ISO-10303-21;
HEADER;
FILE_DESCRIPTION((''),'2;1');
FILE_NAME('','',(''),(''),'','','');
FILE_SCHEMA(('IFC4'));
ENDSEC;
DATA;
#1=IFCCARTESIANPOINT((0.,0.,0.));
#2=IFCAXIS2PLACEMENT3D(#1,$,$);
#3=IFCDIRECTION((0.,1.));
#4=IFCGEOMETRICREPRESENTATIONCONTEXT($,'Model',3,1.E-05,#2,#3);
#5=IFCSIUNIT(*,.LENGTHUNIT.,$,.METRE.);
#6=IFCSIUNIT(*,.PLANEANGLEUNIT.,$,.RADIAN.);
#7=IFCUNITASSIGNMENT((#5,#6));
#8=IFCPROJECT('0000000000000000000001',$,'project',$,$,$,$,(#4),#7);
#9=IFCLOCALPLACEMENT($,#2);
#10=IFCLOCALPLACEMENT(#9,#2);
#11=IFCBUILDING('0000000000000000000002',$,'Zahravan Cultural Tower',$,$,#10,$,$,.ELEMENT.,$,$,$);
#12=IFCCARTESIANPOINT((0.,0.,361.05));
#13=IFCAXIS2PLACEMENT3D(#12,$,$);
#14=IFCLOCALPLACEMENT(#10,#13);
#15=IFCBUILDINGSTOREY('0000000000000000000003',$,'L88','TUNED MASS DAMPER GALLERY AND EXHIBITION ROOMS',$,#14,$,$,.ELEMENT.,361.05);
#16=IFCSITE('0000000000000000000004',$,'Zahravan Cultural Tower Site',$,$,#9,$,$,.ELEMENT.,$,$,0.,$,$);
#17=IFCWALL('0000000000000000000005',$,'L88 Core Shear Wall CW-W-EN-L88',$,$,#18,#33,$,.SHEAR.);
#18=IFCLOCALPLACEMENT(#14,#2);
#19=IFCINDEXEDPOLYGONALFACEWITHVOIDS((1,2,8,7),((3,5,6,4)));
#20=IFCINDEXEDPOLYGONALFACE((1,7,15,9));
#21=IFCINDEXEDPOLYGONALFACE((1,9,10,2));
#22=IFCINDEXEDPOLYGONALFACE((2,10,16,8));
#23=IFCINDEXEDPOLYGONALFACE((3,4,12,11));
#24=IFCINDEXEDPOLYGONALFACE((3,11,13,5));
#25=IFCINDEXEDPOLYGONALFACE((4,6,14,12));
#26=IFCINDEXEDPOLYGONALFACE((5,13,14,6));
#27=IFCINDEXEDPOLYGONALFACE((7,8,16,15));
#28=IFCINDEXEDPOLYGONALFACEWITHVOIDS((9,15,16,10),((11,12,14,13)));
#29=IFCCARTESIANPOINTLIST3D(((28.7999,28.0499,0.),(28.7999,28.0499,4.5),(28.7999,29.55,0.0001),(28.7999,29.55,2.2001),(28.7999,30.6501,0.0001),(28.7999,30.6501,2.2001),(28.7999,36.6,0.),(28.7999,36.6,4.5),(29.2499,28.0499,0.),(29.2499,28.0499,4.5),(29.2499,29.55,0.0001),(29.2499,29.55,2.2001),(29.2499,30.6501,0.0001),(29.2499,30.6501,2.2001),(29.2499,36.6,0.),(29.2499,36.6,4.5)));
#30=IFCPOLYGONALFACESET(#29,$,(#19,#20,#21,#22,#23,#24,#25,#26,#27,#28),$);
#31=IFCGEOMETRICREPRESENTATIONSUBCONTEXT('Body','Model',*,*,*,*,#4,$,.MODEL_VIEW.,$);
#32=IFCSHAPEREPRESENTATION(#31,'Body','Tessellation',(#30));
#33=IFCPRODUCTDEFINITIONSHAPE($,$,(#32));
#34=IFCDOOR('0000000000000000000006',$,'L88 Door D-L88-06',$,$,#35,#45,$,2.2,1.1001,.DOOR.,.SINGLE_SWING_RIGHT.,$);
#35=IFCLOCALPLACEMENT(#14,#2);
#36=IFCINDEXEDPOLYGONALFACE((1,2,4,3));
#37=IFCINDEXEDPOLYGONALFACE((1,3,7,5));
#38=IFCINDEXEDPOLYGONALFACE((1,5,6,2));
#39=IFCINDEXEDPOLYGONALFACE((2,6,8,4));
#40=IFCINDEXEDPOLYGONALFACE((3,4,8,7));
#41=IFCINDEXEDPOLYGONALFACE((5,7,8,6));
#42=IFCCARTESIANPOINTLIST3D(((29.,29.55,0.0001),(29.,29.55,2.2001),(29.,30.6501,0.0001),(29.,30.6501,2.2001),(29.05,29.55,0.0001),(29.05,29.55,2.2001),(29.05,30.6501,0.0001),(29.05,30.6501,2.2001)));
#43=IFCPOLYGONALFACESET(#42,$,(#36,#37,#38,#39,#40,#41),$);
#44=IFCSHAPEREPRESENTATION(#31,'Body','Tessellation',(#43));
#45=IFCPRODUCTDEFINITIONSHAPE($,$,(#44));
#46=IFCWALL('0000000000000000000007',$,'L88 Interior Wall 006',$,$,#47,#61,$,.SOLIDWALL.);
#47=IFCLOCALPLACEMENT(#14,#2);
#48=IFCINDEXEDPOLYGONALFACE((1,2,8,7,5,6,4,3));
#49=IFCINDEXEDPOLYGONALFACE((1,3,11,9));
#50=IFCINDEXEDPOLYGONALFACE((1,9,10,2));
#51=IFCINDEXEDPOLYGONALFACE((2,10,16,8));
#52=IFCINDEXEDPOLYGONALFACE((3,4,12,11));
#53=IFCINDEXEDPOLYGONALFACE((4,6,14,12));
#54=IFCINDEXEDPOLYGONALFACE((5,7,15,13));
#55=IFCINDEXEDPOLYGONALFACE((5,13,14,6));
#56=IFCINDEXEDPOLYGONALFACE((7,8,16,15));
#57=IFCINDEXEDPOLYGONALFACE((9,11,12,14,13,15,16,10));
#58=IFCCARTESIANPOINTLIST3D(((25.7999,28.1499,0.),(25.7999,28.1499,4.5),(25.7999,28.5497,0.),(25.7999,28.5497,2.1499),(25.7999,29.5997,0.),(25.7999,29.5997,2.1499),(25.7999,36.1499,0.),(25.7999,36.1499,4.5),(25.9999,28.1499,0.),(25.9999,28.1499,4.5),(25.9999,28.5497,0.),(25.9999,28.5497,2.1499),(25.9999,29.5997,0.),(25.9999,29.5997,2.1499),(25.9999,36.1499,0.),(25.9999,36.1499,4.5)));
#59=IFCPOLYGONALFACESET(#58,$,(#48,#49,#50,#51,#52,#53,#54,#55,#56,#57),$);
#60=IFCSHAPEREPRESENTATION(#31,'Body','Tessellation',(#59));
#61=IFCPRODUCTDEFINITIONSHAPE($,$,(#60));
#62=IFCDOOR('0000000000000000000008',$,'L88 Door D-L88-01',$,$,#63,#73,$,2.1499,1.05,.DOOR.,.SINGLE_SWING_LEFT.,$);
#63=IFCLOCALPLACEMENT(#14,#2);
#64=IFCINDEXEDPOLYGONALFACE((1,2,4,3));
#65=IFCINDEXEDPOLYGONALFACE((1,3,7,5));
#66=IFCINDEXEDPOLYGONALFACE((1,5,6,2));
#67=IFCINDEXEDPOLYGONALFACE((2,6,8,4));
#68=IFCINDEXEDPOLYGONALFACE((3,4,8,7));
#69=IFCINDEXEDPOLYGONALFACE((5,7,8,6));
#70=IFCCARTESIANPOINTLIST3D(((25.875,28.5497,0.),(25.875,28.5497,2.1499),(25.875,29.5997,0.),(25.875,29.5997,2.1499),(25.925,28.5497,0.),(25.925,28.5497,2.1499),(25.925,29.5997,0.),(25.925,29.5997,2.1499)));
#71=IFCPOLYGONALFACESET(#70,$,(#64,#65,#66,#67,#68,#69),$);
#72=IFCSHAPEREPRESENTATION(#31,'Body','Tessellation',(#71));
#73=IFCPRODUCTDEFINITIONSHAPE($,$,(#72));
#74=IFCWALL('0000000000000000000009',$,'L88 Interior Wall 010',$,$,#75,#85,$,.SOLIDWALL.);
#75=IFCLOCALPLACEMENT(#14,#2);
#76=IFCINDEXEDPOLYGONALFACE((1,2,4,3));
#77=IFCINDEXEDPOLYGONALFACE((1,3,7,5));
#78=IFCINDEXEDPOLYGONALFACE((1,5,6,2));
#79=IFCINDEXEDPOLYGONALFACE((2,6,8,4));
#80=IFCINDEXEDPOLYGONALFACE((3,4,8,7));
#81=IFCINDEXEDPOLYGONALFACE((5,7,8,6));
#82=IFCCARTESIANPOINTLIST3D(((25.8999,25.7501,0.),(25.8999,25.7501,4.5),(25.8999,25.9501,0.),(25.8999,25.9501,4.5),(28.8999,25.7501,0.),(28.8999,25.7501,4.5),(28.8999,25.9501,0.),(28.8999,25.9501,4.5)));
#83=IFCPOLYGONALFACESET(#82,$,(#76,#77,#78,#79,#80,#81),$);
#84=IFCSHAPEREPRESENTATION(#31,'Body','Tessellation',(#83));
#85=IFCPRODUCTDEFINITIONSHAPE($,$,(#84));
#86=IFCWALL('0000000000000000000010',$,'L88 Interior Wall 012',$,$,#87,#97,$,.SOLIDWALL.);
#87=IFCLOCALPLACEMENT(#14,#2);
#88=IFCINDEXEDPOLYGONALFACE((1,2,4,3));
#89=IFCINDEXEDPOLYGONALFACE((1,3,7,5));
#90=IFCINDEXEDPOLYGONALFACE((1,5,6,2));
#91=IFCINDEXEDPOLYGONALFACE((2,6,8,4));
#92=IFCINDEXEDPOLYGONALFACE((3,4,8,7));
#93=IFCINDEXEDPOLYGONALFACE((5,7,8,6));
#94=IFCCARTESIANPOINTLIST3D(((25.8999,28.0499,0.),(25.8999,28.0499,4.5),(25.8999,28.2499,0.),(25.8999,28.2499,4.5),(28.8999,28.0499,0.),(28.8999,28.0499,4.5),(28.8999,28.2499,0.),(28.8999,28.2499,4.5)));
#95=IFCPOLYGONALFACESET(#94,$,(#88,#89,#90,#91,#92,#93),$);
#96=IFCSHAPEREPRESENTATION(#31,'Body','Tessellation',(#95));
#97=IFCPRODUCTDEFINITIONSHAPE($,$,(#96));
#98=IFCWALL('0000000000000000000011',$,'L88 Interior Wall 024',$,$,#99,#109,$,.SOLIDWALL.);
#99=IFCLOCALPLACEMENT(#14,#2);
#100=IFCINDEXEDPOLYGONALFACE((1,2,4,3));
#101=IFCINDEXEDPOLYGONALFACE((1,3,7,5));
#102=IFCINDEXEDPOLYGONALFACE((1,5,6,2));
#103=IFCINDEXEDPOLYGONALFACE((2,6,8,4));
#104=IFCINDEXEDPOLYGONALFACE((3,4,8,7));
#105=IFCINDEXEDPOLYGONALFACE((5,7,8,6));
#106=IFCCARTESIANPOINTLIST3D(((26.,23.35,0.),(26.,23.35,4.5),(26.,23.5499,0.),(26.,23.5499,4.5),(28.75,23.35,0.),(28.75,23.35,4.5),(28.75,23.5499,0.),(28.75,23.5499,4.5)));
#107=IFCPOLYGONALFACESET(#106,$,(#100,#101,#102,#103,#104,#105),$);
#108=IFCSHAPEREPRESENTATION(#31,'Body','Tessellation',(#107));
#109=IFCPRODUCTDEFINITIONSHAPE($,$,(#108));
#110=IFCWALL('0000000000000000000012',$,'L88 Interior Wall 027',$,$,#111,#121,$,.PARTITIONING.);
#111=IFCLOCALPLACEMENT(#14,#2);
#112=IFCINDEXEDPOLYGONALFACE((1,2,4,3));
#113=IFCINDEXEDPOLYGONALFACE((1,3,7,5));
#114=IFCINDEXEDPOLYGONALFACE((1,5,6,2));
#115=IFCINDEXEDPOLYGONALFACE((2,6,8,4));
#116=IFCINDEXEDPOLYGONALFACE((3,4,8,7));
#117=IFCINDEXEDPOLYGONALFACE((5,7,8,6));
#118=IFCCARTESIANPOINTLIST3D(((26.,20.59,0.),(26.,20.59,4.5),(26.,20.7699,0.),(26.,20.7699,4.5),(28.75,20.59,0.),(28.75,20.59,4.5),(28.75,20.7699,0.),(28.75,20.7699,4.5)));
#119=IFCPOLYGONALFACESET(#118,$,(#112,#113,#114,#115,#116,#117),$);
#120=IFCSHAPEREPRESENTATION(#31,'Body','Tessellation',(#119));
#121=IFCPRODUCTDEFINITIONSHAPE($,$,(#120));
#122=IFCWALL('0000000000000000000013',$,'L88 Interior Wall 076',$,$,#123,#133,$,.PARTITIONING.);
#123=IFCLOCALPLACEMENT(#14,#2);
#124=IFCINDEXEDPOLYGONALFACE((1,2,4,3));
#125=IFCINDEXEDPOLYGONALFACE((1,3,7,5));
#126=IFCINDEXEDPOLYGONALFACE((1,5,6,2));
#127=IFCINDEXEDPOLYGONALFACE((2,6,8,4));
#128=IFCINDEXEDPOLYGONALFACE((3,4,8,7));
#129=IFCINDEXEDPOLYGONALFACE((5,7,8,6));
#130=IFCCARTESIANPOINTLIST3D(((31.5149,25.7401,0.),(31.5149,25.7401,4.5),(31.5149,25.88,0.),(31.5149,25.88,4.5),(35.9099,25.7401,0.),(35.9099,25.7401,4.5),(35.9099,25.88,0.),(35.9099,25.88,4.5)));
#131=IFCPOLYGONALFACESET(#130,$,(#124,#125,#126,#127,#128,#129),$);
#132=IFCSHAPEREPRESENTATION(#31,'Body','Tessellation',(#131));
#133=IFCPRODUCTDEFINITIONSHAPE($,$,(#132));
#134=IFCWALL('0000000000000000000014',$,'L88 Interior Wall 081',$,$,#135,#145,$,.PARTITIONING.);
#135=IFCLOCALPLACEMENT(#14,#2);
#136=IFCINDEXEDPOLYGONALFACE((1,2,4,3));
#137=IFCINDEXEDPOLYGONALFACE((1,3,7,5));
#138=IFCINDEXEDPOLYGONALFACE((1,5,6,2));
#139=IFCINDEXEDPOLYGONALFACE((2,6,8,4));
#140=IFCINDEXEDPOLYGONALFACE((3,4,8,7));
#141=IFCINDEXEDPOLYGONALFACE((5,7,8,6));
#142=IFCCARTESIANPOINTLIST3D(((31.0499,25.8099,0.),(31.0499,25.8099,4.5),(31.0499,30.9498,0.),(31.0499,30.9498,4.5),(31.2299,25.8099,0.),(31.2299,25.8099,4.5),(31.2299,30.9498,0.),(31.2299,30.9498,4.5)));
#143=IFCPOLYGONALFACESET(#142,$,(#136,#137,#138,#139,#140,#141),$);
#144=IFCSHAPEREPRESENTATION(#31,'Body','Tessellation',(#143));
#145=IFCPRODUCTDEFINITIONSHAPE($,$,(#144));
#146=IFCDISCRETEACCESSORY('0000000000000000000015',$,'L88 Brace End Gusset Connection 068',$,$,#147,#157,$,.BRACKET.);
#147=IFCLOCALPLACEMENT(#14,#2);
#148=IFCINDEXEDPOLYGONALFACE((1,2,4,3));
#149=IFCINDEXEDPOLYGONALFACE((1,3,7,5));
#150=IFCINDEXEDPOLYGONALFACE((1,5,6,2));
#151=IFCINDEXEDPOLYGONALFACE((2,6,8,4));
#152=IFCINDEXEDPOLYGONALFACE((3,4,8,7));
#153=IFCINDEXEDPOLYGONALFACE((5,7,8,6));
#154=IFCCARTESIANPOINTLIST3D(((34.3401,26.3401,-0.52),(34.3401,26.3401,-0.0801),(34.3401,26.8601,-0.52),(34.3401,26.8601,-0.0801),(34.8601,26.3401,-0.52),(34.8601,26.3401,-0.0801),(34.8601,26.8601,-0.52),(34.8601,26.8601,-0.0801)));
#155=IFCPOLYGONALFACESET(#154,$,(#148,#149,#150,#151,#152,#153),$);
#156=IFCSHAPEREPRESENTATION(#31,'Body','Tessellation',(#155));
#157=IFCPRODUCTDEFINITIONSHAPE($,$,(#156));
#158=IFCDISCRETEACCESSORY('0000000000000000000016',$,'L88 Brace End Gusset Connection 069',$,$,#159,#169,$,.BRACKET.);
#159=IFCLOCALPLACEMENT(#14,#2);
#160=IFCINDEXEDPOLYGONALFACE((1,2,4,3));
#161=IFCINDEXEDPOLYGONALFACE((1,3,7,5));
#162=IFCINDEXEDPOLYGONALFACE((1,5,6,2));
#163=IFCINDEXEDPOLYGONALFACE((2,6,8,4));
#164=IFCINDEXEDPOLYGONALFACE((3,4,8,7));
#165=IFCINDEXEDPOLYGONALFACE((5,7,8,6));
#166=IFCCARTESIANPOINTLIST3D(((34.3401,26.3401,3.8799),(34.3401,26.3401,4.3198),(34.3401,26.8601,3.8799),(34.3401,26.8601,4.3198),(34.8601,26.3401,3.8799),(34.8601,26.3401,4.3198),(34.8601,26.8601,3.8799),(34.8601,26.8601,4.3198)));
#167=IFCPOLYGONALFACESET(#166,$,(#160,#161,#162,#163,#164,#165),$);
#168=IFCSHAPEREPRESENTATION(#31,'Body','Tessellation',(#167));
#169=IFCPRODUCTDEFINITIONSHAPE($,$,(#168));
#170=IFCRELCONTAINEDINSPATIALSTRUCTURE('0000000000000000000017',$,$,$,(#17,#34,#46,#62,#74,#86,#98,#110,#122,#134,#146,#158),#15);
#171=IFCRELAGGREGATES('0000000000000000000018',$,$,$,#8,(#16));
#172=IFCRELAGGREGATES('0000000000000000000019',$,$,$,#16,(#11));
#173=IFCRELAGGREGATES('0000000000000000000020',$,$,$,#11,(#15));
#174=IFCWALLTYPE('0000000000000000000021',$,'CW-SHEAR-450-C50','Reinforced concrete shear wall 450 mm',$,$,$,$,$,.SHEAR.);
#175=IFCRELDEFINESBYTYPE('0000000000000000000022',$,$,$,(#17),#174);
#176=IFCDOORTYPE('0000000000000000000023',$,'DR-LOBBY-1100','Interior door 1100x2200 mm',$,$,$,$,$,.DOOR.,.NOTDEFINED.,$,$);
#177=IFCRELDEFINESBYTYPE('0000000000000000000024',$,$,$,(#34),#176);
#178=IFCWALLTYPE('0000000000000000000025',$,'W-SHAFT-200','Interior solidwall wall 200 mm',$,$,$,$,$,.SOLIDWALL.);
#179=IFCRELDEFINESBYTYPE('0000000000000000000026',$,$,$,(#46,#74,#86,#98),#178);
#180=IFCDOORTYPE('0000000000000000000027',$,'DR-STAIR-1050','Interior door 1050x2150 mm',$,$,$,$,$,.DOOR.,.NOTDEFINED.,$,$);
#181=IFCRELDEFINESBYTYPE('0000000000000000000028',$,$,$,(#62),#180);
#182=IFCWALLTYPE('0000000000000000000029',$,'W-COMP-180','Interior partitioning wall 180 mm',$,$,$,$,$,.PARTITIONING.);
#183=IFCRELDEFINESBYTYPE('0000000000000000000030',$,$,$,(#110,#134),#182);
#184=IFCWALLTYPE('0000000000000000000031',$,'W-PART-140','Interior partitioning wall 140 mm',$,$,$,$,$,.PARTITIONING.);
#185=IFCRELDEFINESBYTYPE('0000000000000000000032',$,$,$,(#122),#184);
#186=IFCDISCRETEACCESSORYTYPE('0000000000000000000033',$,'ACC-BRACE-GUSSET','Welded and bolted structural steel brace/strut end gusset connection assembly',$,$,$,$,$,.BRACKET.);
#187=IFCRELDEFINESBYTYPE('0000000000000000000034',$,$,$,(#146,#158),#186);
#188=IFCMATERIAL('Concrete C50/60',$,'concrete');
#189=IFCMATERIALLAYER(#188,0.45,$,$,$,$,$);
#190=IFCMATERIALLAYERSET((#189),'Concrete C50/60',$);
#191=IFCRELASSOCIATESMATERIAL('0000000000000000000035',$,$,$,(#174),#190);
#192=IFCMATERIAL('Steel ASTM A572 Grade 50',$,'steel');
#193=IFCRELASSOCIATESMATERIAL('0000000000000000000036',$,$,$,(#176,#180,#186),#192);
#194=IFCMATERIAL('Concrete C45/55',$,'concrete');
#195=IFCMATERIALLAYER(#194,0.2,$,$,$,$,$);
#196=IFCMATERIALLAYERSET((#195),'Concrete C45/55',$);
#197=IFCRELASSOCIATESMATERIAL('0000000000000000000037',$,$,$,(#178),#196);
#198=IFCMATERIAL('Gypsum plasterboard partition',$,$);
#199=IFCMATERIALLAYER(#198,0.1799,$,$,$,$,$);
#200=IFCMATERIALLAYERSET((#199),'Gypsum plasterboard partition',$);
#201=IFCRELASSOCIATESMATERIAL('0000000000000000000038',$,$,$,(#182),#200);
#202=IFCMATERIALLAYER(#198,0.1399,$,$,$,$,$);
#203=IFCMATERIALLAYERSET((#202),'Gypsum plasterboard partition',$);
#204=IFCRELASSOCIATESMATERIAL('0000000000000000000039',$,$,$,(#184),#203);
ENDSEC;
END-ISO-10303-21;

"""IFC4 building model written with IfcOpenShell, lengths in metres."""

from ifc_helpers import new_model, si_unit, direction, frame, frame_2d, origin, origin_2d, place, context, subcontext, project, spatial, rectangle, extrude, source, transform, mapped, material, layer, layer_set, type_object, element, fill, save


model = new_model("IFC4")

# Units and contexts
model_context = context("Model", 3, precision=1e-05, world=origin(), true_north=direction((0.0, 1.0)))
body_context = subcontext(model_context, "Body", "Model", "MODEL_VIEW")
ifc_project = project(units=[si_unit("LENGTHUNIT", "METRE"), si_unit("PLANEANGLEUNIT", "RADIAN")], contexts=[model_context])

# Site, building, storey
site_placement = place(None, origin())
site = spatial("IfcSite", under=ifc_project, at=site_placement, Name="Zahravan Cultural Tower Site", CompositionType="ELEMENT", RefElevation=0.0)
building_placement = place(site_placement, origin())
building = spatial("IfcBuilding", under=site, at=building_placement, Name="Zahravan Cultural Tower", CompositionType="ELEMENT")
storey_placement = place(building_placement, frame((0.0, 0.0, 361.05)))
storey = spatial("IfcBuildingStorey", under=building, at=storey_placement, Name="L88", Description="TUNED MASS DAMPER GALLERY AND EXHIBITION ROOMS", CompositionType="ELEMENT", Elevation=361.05)

# Shared definitions
ifc_material_1 = material(Name="Concrete C50/60", Category="concrete")

# Shared definitions
ifc_material_2 = material(Name="Steel ASTM A572 Grade 50", Category="steel")

# Walls, openings, doors
ifc_layer_1 = layer(ifc_material_1, 0.45)
ifc_layer_set_1 = layer_set([ifc_layer_1], Name="Concrete C50/60")
wall_type_1 = type_object("IfcWallType", Name="CW-SHEAR-450-C50", Description="Reinforced concrete shear wall 450 mm", PredefinedType="SHEAR", material=ifc_layer_set_1)
wall_1_placement = place(storey_placement, frame((29.0249, 28.05, 0.0), z_axis=(0.0, 0.0, 1.0), x_axis=(0.0, 1.0, 0.0)))
wall_1 = element("IfcWall", 1, at=wall_1_placement, inside=storey, type_object=wall_type_1, Name="L88 Core Shear Wall CW-W-EN-L88", PredefinedType="SHEAR", context=body_context, shape_type="SweptSolid", body=[
    extrude(rectangle(XDim=8.55, YDim=0.45, at=frame_2d((4.2749, 0.0))), origin(), (0.0, 0.0, 1.0), 4.5),
])
opening_1_placement = place(wall_1_placement, frame((1.5, 0.0, 0.0)))
opening_1 = element("IfcOpeningElement", 2, at=opening_1_placement, cuts=wall_1, PredefinedType="OPENING", context=body_context, shape_type="SweptSolid", body=[
    extrude(rectangle(XDim=1.1001, YDim=2.2, at=frame_2d((0.55, 1.1001))), frame((0.0, 0.2349, 0.0), z_axis=(0.0, -1.0, 0.0), x_axis=(1.0, 0.0, 0.0)), (0.0, 0.0, 1.0), 0.47),
])
door_type_1 = type_object("IfcDoorType", Name="DR-LOBBY-1100", Description="Interior door 1100x2200 mm", OperationType="NOTDEFINED", PredefinedType="DOOR", material=ifc_material_2)
shared_shape_1 = source(origin(), body_context, "Body", "SweptSolid", [
    extrude(rectangle(XDim=1.1001, YDim=2.2, at=frame_2d((0.55, 1.1001))), frame((0.0, 0.0249, 0.0), z_axis=(0.0, -1.0, 0.0), x_axis=(1.0, 0.0, 0.0)), (0.0, 0.0, 1.0), 0.05),
])
door_1_placement = place(opening_1_placement, origin())
door_1 = element("IfcDoor", 3, at=door_1_placement, inside=storey, type_object=door_type_1, Name="L88 Door D-L88-06", OperationType="SINGLE_SWING_RIGHT", OverallHeight=2.2, OverallWidth=1.1001, PredefinedType="DOOR", context=body_context, shape_type="MappedRepresentation", body=[
    mapped(shared_shape_1, transform((0.0, 0.0, 0.0), x_axis=(1.0, 0.0, 0.0), y_axis=(0.0, 1.0, 0.0), z_axis=(0.0, 0.0, 1.0), scale=1.0)),
])
fill(opening_1, door_1)
ifc_material_3 = material(Name="Concrete C45/55", Category="concrete")
ifc_layer_2 = layer(ifc_material_3, 0.2)
ifc_layer_set_2 = layer_set([ifc_layer_2], Name="Concrete C45/55")
wall_type_2 = type_object("IfcWallType", Name="W-SHAFT-200", Description="Interior solidwall wall 200 mm", PredefinedType="SOLIDWALL", material=ifc_layer_set_2)
wall_2_placement = place(storey_placement, frame((25.8999, 28.1499, 0.0), z_axis=(0.0, 0.0, 1.0), x_axis=(0.0, 1.0, 0.0)))
wall_2 = element("IfcWall", 4, at=wall_2_placement, inside=storey, type_object=wall_type_2, Name="L88 Interior Wall 006", PredefinedType="SOLIDWALL", context=body_context, shape_type="SweptSolid", body=[
    extrude(rectangle(XDim=8.0, YDim=0.2, at=frame_2d((4.0, 0.0))), origin(), (0.0, 0.0, 1.0), 4.5),
])
opening_2_placement = place(wall_2_placement, frame((0.3999, 0.0, 0.0)))
opening_2 = element("IfcOpeningElement", 5, at=opening_2_placement, cuts=wall_2, PredefinedType="OPENING", context=body_context, shape_type="SweptSolid", body=[
    extrude(rectangle(XDim=1.05, YDim=2.1499, at=frame_2d((0.5249, 1.075))), frame((0.0, 0.1099, 0.0), z_axis=(0.0, -1.0, 0.0), x_axis=(1.0, 0.0, 0.0)), (0.0, 0.0, 1.0), 0.22),
])
door_type_2 = type_object("IfcDoorType", Name="DR-STAIR-1050", Description="Interior door 1050x2150 mm", OperationType="NOTDEFINED", PredefinedType="DOOR", material=ifc_material_2)
shared_shape_2 = source(origin(), body_context, "Body", "SweptSolid", [
    extrude(rectangle(XDim=1.05, YDim=2.1499, at=frame_2d((0.5249, 1.075))), frame((0.0, 0.0249, 0.0), z_axis=(0.0, -1.0, 0.0), x_axis=(1.0, 0.0, 0.0)), (0.0, 0.0, 1.0), 0.05),
])
door_2_placement = place(opening_2_placement, origin())
door_2 = element("IfcDoor", 6, at=door_2_placement, inside=storey, type_object=door_type_2, Name="L88 Door D-L88-01", OperationType="SINGLE_SWING_LEFT", OverallHeight=2.1499, OverallWidth=1.05, PredefinedType="DOOR", context=body_context, shape_type="MappedRepresentation", body=[
    mapped(shared_shape_2, transform((0.0, 0.0, 0.0), x_axis=(1.0, 0.0, 0.0), y_axis=(0.0, 1.0, 0.0), z_axis=(0.0, 0.0, 1.0), scale=1.0)),
])
fill(opening_2, door_2)

# Walls
shared_shape_3 = source(origin(), body_context, "Body", "SweptSolid", [
    extrude(rectangle(XDim=3.0, YDim=0.2, at=frame_2d((1.5, 0.0))), origin(), (0.0, 0.0, 1.0), 4.5),
])
for number, where, z_axis, x_axis, name in (
    (7, (25.8999, 25.8501, 0.0), (0.0, 0.0, 1.0), (1.0, 0.0, 0.0), "L88 Interior Wall 010"),
    (8, (25.8999, 28.1499, 0.0), (0.0, 0.0, 1.0), (1.0, 0.0, 0.0), "L88 Interior Wall 012"),
):
    element("IfcWall", number, at=place(storey_placement, frame(where, z_axis=z_axis, x_axis=x_axis)), inside=storey, type_object=wall_type_2, Name=name, PredefinedType="SOLIDWALL", context=body_context, shape_type="MappedRepresentation", body=[
        mapped(shared_shape_3, transform((0.0, 0.0, 0.0), x_axis=(1.0, 0.0, 0.0), y_axis=(0.0, 1.0, 0.0), z_axis=(0.0, 0.0, 1.0), scale=1.0)),
    ])
shared_shape_4 = source(origin(), body_context, "Body", "SweptSolid", [
    extrude(rectangle(XDim=2.75, YDim=0.2, at=frame_2d((1.375, 0.0))), origin(), (0.0, 0.0, 1.0), 4.5),
])
wall_3_placement = place(storey_placement, frame((26.0, 23.45, 0.0), z_axis=(0.0, 0.0, 1.0), x_axis=(1.0, 0.0, 0.0)))
element("IfcWall", 9, at=wall_3_placement, inside=storey, type_object=wall_type_2, Name="L88 Interior Wall 024", PredefinedType="SOLIDWALL", context=body_context, shape_type="MappedRepresentation", body=[
    mapped(shared_shape_4, transform((0.0, 0.0, 0.0), x_axis=(1.0, 0.0, 0.0), y_axis=(0.0, 1.0, 0.0), z_axis=(0.0, 0.0, 1.0), scale=1.0)),
])
ifc_material_4 = material(Name="Gypsum plasterboard partition")
ifc_layer_3 = layer(ifc_material_4, 0.1799)
ifc_layer_set_3 = layer_set([ifc_layer_3], Name="Gypsum plasterboard partition")
wall_type_3 = type_object("IfcWallType", Name="W-COMP-180", Description="Interior partitioning wall 180 mm", PredefinedType="PARTITIONING", material=ifc_layer_set_3)
shared_shape_5 = source(origin(), body_context, "Body", "SweptSolid", [
    extrude(rectangle(XDim=2.75, YDim=0.1799, at=frame_2d((1.375, 0.0))), origin(), (0.0, 0.0, 1.0), 4.5),
])
wall_4_placement = place(storey_placement, frame((26.0, 20.6799, 0.0), z_axis=(0.0, 0.0, 1.0), x_axis=(1.0, 0.0, 0.0)))
element("IfcWall", 10, at=wall_4_placement, inside=storey, type_object=wall_type_3, Name="L88 Interior Wall 027", PredefinedType="PARTITIONING", context=body_context, shape_type="MappedRepresentation", body=[
    mapped(shared_shape_5, transform((0.0, 0.0, 0.0), x_axis=(1.0, 0.0, 0.0), y_axis=(0.0, 1.0, 0.0), z_axis=(0.0, 0.0, 1.0), scale=1.0)),
])
ifc_layer_4 = layer(ifc_material_4, 0.1399)
ifc_layer_set_4 = layer_set([ifc_layer_4], Name="Gypsum plasterboard partition")
wall_type_4 = type_object("IfcWallType", Name="W-PART-140", Description="Interior partitioning wall 140 mm", PredefinedType="PARTITIONING", material=ifc_layer_set_4)
shared_shape_6 = source(origin(), body_context, "Body", "SweptSolid", [
    extrude(rectangle(XDim=4.395, YDim=0.1399, at=frame_2d((2.1975, 0.0))), origin(), (0.0, 0.0, 1.0), 4.5),
])
wall_5_placement = place(storey_placement, frame((31.5149, 25.8101, 0.0), z_axis=(0.0, 0.0, 1.0), x_axis=(1.0, 0.0, 0.0)))
element("IfcWall", 11, at=wall_5_placement, inside=storey, type_object=wall_type_4, Name="L88 Interior Wall 076", PredefinedType="PARTITIONING", context=body_context, shape_type="MappedRepresentation", body=[
    mapped(shared_shape_6, transform((0.0, 0.0, 0.0), x_axis=(1.0, 0.0, 0.0), y_axis=(0.0, 1.0, 0.0), z_axis=(0.0, 0.0, 1.0), scale=1.0)),
])
shared_shape_7 = source(origin(), body_context, "Body", "SweptSolid", [
    extrude(rectangle(XDim=5.1399, YDim=0.1799, at=frame_2d((2.5698, 0.0))), origin(), (0.0, 0.0, 1.0), 4.5),
])
wall_6_placement = place(storey_placement, frame((31.1399, 25.8101, 0.0), z_axis=(0.0, 0.0, 1.0), x_axis=(0.0, 1.0, 0.0)))
element("IfcWall", 12, at=wall_6_placement, inside=storey, type_object=wall_type_3, Name="L88 Interior Wall 081", PredefinedType="PARTITIONING", context=body_context, shape_type="MappedRepresentation", body=[
    mapped(shared_shape_7, transform((0.0, 0.0, 0.0), x_axis=(1.0, 0.0, 0.0), y_axis=(0.0, 1.0, 0.0), z_axis=(0.0, 0.0, 1.0), scale=1.0)),
])

# Discrete accessories
discrete_accessory_type = type_object("IfcDiscreteAccessoryType", Name="ACC-BRACE-GUSSET", Description="Welded and bolted structural steel brace/strut end gusset connection assembly", PredefinedType="BRACKET", material=ifc_material_2)
shared_shape_8 = source(origin(), body_context, "Body", "SweptSolid", [
    extrude(rectangle(XDim=0.52, YDim=0.52, at=origin_2d()), origin(), (0.0, 0.0, 1.0), 0.4399),
])
for number, where, z_axis, x_axis, name in (
    (13, (34.6001, 26.6001, -0.52), (0.0, 0.0, 1.0), (1.0, 0.0, 0.0), "L88 Brace End Gusset Connection 068"),
    (14, (34.6001, 26.6001, 3.8799), (0.0, 0.0, 1.0), (1.0, 0.0, 0.0), "L88 Brace End Gusset Connection 069"),
):
    element("IfcDiscreteAccessory", number, at=place(storey_placement, frame(where, z_axis=z_axis, x_axis=x_axis)), inside=storey, type_object=discrete_accessory_type, Name=name, PredefinedType="BRACKET", context=body_context, shape_type="MappedRepresentation", body=[
        mapped(shared_shape_8, transform((0.0, 0.0, 0.0), x_axis=(1.0, 0.0, 0.0), y_axis=(0.0, 1.0, 0.0), z_axis=(0.0, 0.0, 1.0), scale=1.0)),
    ])

save(model, "model.ifc")
